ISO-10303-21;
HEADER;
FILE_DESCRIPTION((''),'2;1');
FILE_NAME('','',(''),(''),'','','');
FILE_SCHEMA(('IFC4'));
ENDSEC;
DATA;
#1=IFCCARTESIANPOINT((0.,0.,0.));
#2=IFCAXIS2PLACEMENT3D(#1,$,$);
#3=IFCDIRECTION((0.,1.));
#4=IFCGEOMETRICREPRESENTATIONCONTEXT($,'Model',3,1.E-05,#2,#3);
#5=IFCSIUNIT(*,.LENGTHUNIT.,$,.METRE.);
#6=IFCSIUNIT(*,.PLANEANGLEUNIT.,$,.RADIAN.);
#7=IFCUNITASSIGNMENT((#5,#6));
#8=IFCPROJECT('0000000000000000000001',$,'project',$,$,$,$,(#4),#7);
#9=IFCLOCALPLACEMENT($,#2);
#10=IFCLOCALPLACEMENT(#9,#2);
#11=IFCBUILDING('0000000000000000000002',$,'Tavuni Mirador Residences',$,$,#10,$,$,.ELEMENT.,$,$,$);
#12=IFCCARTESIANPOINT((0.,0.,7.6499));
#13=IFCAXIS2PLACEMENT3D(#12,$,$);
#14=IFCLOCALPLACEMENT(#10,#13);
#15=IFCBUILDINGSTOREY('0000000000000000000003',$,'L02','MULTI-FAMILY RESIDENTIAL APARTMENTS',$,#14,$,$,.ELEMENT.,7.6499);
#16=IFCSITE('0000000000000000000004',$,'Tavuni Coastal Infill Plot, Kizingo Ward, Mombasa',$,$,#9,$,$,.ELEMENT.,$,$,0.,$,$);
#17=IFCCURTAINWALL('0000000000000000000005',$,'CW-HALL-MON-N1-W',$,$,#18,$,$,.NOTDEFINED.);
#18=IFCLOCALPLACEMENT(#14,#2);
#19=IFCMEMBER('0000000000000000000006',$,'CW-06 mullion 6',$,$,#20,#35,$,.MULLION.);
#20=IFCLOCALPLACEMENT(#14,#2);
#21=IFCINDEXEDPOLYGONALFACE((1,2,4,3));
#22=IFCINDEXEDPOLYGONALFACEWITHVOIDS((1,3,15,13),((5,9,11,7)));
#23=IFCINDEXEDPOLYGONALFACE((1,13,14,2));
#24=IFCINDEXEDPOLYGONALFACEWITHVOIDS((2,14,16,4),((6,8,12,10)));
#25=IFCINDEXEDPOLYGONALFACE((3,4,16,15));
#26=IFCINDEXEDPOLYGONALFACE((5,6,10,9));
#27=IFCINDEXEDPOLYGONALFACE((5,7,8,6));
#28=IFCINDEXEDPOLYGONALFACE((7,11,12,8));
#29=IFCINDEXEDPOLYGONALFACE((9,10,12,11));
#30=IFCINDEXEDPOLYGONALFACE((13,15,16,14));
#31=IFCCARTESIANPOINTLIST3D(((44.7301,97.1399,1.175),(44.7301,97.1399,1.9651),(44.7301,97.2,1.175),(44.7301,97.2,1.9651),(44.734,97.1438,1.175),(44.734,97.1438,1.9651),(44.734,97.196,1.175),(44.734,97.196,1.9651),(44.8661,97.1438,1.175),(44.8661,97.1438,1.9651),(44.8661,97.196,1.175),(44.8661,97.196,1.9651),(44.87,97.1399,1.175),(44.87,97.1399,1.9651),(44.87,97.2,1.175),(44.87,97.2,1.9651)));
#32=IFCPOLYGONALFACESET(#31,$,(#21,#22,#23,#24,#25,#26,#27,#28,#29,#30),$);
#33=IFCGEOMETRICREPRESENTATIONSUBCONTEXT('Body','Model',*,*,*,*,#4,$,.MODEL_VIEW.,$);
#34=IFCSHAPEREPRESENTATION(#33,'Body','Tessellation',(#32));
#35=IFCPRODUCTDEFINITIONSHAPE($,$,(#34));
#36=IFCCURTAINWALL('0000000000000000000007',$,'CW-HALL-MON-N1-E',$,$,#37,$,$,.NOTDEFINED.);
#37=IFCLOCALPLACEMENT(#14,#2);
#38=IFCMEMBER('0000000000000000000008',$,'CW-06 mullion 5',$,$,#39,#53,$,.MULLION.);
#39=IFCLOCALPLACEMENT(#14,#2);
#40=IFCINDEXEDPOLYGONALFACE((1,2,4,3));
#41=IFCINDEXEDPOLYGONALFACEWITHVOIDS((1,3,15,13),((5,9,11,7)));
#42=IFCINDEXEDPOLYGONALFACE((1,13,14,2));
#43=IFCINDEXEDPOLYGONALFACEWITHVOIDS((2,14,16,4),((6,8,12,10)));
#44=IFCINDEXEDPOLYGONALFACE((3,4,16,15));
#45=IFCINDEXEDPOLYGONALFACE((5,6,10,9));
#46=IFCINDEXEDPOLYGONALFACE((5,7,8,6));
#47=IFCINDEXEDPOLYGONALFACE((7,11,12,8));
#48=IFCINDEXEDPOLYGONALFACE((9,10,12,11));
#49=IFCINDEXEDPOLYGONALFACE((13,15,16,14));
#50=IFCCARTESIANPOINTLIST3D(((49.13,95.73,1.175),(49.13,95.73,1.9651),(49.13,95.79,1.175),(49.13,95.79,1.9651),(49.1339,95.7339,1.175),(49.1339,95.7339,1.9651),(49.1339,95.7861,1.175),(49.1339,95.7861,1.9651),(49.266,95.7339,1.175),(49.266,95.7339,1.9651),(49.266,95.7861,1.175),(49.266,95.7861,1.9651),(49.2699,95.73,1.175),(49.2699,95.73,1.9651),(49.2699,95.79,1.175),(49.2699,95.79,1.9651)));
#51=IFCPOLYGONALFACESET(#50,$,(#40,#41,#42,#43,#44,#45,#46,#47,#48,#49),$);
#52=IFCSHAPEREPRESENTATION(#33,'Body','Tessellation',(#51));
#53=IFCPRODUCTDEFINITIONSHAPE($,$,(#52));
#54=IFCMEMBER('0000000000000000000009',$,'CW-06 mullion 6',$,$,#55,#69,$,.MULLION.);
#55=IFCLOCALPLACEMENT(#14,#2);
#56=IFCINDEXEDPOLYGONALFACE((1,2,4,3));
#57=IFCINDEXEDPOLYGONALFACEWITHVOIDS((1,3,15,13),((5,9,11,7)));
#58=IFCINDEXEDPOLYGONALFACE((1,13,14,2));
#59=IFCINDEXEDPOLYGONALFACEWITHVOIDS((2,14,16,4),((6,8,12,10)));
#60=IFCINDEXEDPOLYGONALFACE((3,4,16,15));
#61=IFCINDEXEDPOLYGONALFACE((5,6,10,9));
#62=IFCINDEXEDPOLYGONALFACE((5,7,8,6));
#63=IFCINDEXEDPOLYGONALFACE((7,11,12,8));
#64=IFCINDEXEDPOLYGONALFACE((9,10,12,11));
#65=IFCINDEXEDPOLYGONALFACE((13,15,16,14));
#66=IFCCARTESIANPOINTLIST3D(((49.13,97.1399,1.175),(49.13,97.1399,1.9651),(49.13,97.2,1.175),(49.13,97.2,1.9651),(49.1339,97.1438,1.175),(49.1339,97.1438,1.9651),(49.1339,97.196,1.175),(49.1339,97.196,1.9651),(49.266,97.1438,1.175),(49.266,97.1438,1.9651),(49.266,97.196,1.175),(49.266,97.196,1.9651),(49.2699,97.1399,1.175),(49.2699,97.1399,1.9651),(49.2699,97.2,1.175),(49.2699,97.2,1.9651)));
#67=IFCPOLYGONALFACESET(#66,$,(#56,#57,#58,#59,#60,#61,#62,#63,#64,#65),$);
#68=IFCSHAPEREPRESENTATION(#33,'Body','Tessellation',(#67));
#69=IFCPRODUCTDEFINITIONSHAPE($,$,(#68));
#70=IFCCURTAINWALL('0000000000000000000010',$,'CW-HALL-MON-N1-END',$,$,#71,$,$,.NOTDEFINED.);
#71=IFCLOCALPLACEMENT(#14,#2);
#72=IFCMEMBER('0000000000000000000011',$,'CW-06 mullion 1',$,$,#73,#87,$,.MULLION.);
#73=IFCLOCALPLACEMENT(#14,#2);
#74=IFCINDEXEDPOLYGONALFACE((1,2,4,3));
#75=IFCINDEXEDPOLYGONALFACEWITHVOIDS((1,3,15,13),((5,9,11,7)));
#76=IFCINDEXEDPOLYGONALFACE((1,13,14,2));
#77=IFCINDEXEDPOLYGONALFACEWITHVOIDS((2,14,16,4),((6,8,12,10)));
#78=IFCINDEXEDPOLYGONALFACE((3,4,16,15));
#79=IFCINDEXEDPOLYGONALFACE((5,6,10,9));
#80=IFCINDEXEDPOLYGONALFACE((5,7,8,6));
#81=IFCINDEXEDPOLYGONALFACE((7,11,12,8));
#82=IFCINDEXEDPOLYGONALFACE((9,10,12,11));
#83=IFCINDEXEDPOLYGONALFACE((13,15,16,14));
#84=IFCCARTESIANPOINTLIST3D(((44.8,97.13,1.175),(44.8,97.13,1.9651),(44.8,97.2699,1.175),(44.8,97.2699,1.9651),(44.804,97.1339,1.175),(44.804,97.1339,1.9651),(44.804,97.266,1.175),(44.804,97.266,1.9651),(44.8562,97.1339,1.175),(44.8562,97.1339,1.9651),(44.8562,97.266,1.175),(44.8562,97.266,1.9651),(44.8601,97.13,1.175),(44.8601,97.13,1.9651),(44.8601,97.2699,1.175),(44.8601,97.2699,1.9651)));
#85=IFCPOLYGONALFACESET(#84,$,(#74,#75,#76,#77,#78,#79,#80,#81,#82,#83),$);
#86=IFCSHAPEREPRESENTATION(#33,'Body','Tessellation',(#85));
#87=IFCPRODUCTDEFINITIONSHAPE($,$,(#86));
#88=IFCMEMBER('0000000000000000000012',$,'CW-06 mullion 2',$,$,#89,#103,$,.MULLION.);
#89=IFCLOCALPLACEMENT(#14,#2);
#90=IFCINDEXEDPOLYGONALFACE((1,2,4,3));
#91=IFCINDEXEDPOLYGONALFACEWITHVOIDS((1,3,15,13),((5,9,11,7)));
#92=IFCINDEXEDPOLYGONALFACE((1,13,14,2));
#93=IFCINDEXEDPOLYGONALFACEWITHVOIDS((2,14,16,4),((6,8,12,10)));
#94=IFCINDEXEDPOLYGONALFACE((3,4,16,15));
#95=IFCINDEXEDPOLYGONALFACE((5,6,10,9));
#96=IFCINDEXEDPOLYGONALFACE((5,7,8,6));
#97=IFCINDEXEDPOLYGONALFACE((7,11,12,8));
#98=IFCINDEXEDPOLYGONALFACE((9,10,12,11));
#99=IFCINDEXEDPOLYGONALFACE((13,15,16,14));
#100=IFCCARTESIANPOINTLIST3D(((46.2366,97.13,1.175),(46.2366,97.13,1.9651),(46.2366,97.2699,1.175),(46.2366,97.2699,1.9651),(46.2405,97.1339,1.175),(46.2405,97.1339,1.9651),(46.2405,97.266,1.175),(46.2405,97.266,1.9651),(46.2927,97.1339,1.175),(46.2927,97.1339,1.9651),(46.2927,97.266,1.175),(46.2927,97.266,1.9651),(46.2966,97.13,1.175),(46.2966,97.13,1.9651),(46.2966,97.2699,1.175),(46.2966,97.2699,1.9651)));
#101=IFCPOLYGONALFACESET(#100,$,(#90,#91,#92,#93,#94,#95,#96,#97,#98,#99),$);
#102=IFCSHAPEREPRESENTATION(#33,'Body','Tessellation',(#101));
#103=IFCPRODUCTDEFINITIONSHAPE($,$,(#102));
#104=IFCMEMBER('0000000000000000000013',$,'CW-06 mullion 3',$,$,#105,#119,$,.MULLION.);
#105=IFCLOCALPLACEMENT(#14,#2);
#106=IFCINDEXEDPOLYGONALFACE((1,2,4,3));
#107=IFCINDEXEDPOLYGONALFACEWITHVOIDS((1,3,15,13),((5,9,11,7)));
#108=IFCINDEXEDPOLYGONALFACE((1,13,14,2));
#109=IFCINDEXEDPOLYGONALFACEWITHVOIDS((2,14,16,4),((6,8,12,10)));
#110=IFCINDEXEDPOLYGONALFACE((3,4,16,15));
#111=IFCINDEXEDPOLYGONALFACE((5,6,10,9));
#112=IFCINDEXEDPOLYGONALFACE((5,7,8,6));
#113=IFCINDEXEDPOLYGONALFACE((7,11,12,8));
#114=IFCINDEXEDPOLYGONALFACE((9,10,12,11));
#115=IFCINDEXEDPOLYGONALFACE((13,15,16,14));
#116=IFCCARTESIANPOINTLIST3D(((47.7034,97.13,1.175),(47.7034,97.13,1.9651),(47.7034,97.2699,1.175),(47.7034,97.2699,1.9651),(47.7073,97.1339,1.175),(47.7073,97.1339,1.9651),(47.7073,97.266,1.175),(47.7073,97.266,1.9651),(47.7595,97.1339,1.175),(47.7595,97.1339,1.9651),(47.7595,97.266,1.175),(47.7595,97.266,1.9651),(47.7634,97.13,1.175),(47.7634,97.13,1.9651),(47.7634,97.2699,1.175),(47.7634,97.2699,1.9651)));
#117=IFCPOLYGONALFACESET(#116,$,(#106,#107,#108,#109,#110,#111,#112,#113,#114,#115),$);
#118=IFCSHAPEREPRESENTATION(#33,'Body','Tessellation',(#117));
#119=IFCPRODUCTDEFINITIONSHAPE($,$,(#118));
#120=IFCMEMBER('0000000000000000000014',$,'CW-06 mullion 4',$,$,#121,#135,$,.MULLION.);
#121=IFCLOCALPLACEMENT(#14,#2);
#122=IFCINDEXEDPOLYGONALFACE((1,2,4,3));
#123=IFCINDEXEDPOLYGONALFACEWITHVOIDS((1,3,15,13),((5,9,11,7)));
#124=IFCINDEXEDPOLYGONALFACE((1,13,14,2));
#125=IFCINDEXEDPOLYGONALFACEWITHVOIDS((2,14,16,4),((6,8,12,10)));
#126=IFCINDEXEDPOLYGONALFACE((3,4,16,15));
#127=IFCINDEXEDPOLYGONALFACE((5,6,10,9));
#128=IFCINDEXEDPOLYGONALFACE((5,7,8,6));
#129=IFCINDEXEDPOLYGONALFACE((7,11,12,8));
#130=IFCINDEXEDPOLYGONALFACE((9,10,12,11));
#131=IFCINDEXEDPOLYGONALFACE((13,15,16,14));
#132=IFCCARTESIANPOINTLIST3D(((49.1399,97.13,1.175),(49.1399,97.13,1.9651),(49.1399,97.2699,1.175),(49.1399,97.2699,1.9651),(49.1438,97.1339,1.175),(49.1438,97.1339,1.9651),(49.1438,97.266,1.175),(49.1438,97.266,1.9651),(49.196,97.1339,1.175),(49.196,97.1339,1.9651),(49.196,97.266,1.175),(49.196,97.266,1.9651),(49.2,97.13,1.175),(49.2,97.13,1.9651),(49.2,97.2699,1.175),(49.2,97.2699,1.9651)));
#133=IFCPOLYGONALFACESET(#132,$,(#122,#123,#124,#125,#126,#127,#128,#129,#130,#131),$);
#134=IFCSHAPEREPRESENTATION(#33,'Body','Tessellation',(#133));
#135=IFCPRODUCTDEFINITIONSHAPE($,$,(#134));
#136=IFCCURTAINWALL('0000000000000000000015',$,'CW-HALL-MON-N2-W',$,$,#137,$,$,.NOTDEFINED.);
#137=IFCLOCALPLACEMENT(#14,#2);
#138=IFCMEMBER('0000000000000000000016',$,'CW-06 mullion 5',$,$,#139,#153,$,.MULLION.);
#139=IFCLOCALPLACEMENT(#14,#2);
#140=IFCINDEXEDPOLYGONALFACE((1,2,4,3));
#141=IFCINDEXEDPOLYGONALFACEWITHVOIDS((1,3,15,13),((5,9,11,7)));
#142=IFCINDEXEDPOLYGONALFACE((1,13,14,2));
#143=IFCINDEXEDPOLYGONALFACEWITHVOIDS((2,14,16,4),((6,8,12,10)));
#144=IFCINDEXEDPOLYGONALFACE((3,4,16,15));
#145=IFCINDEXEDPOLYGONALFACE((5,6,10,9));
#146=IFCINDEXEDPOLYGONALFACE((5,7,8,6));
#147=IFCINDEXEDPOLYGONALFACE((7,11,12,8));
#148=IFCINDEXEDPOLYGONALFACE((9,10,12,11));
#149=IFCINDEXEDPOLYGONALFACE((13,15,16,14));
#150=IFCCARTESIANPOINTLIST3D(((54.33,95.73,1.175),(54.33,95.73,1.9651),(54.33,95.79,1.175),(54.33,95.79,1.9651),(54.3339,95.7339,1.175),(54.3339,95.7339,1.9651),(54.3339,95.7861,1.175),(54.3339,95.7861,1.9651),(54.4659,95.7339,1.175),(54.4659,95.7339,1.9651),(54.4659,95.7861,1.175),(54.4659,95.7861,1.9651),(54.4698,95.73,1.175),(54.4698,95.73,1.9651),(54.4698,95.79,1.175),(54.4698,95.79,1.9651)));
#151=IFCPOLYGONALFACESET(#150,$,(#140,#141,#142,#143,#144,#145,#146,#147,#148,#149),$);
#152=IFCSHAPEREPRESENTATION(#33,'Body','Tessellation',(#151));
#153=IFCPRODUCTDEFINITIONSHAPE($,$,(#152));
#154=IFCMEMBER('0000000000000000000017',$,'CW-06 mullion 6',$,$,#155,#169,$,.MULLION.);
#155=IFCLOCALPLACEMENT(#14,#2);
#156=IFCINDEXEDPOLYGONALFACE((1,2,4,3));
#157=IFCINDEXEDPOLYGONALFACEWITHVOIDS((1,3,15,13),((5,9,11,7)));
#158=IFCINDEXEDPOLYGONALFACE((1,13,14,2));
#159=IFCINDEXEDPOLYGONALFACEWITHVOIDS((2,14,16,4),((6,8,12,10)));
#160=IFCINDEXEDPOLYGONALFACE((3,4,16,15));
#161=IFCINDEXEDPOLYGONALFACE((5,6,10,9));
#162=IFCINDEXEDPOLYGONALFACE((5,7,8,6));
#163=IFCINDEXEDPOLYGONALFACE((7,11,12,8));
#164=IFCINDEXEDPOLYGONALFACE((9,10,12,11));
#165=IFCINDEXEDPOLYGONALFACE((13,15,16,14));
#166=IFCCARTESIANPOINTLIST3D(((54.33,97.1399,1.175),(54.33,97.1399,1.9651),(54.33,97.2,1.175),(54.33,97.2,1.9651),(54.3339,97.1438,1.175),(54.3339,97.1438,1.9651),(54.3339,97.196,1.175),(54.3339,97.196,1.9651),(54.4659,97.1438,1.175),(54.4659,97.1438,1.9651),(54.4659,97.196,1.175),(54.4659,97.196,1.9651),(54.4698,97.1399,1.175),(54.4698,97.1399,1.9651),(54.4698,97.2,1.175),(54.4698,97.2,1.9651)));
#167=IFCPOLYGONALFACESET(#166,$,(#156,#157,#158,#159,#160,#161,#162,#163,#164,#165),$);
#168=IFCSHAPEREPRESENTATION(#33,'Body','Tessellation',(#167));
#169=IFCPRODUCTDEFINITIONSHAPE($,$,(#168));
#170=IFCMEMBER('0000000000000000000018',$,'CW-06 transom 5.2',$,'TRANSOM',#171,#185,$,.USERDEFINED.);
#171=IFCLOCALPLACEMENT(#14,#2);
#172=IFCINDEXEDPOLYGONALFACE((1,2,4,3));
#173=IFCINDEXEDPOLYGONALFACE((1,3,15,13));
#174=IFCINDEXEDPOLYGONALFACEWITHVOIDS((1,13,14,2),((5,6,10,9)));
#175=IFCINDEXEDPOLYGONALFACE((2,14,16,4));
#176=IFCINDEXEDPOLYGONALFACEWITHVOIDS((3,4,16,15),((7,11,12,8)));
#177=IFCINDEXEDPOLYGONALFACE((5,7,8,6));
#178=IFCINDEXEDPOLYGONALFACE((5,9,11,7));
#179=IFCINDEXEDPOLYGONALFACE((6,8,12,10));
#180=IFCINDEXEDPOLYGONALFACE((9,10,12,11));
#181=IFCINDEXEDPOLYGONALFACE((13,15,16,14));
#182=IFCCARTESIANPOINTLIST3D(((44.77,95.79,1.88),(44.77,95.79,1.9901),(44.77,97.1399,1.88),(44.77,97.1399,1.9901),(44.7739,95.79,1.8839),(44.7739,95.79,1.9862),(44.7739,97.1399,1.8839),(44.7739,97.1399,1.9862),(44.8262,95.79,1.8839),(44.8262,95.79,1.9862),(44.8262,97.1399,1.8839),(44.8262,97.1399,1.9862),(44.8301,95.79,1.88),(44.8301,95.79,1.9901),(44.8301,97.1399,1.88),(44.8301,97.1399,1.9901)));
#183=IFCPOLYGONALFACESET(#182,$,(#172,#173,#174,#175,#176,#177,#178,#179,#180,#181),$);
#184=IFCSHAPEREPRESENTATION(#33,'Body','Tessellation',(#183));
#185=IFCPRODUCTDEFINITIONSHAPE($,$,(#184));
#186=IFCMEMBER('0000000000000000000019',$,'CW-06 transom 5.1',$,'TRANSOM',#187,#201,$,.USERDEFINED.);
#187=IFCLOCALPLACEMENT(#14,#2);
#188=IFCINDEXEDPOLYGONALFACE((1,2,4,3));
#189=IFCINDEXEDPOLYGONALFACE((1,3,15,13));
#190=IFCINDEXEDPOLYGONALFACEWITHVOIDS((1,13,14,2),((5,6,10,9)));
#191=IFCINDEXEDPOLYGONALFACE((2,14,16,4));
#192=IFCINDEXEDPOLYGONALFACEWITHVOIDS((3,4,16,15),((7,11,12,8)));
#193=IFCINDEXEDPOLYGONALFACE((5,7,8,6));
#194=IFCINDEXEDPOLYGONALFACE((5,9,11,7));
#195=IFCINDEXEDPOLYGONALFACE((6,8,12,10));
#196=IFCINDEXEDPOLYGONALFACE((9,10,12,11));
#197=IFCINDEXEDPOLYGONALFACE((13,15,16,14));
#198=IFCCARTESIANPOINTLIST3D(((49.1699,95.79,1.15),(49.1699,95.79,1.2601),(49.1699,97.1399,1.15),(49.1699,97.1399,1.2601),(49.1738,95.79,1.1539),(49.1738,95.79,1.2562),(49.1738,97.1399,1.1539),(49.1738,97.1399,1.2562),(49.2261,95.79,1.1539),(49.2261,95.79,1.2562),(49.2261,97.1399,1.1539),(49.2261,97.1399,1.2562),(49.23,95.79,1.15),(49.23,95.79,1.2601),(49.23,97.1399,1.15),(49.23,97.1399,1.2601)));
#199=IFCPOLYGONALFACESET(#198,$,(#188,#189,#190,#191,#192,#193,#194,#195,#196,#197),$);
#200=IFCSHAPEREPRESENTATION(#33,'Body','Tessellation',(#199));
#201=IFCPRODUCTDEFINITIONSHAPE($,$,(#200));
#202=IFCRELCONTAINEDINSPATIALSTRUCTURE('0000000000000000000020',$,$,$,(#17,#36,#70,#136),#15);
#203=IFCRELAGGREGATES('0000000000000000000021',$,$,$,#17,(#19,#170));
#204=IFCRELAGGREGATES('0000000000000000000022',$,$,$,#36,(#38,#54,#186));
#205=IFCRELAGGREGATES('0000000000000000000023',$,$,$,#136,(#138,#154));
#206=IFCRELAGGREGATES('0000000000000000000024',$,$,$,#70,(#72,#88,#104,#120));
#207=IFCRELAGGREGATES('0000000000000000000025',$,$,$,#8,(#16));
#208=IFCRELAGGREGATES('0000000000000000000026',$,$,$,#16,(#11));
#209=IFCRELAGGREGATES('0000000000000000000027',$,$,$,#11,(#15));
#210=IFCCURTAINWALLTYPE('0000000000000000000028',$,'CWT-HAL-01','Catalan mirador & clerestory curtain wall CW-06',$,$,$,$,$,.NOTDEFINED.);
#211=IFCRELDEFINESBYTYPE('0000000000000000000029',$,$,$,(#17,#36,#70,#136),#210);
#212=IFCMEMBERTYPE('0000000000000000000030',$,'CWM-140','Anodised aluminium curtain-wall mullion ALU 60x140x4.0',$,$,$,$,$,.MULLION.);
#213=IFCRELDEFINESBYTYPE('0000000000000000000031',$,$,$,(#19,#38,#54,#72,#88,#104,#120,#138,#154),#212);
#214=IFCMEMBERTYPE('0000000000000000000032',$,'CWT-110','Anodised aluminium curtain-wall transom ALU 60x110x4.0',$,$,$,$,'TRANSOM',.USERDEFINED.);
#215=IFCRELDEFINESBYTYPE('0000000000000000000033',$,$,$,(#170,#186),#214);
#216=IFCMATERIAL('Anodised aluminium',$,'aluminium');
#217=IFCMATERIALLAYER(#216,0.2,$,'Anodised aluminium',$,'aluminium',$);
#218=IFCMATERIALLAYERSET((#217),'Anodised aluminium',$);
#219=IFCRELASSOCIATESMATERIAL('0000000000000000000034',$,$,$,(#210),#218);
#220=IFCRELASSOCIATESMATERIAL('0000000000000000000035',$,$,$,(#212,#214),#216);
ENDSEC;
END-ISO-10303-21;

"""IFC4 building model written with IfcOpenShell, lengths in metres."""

from ifc_helpers import new_model, si_unit, direction, frame, origin, origin_2d, place, context, subcontext, project, spatial, hollow_rectangle, extrude, material, layer, layer_set, material_profile, profile_set, type_object, element, aggregate, save


model = new_model("IFC4")

# Units and contexts
model_context = context("Model", 3, precision=1e-05, world=origin(), true_north=direction((0.0, 1.0)))
body_context = subcontext(model_context, "Body", "Model", "MODEL_VIEW")
ifc_project = project(units=[si_unit("LENGTHUNIT", "METRE"), si_unit("PLANEANGLEUNIT", "RADIAN")], contexts=[model_context])

# Site, building, storey
site_placement = place(None, origin())
site = spatial("IfcSite", under=ifc_project, at=site_placement, Name="Tavuni Coastal Infill Plot, Kizingo Ward, Mombasa", CompositionType="ELEMENT", RefElevation=0.0)
building_placement = place(site_placement, origin())
building = spatial("IfcBuilding", under=site, at=building_placement, Name="Tavuni Mirador Residences", CompositionType="ELEMENT")
storey_placement = place(building_placement, frame((0.0, 0.0, 7.6499)))
storey = spatial("IfcBuildingStorey", under=building, at=storey_placement, Name="L02", Description="MULTI-FAMILY RESIDENTIAL APARTMENTS", CompositionType="ELEMENT", Elevation=7.6499)

# Curtain wall, member
ifc_material_1 = material(Name="Anodised aluminium", Category="aluminium")
ifc_layer_1 = layer(ifc_material_1, 0.2, Name="Anodised aluminium", Category="aluminium")
ifc_layer_set_1 = layer_set([ifc_layer_1], Name="Anodised aluminium")
curtain_wall_type = type_object("IfcCurtainWallType", Name="CWT-HAL-01", Description="Catalan mirador & clerestory curtain wall CW-06", PredefinedType="NOTDEFINED", material=ifc_layer_set_1)
curtain_wall_1_placement = place(storey_placement, origin())
curtain_wall_1 = element("IfcCurtainWall", 1, at=curtain_wall_1_placement, inside=storey, type_object=curtain_wall_type, Name="CW-HALL-MON-N1-W", PredefinedType="NOTDEFINED")
ifc_material_profile_1 = material_profile(ifc_material_1, hollow_rectangle(XDim=0.0601, YDim=0.1399, WallThickness=0.0039, at=origin_2d()), Name="ALU 60x140x4.0", Category="aluminium")
ifc_profile_set_1 = profile_set([ifc_material_profile_1], Name="Anodised aluminium")
member_type_1 = type_object("IfcMemberType", Name="CWM-140", Description="Anodised aluminium curtain-wall mullion ALU 60x140x4.0", PredefinedType="MULLION", material=ifc_profile_set_1)
member_1_placement = place(storey_placement, frame((44.8, 97.1699, 1.175), z_axis=(0.0, 0.0, 1.0), x_axis=(0.0, 1.0, 0.0)))
member_1 = element("IfcMember", 2, at=member_1_placement, type_object=member_type_1, Name="CW-06 mullion 6", PredefinedType="MULLION", context=body_context, shape_type="SweptSolid", body=[
    extrude(hollow_rectangle(XDim=0.0601, YDim=0.1399, WallThickness=0.0039, at=origin_2d()), origin(), (0.0, 0.0, 1.0), 0.79),
])

# Curtain walls, members
curtain_wall_2_placement = place(storey_placement, origin())
curtain_wall_2 = element("IfcCurtainWall", 3, at=curtain_wall_2_placement, inside=storey, type_object=curtain_wall_type, Name="CW-HALL-MON-N1-E", PredefinedType="NOTDEFINED")
member_2_placement = place(storey_placement, frame((49.2, 95.76, 1.175), z_axis=(0.0, 0.0, 1.0), x_axis=(0.0, 1.0, 0.0)))
member_2 = element("IfcMember", 4, at=member_2_placement, type_object=member_type_1, Name="CW-06 mullion 5", PredefinedType="MULLION", context=body_context, shape_type="SweptSolid", body=[
    extrude(hollow_rectangle(XDim=0.0601, YDim=0.1399, WallThickness=0.0039, at=origin_2d()), origin(), (0.0, 0.0, 1.0), 0.79),
])
member_3_placement = place(storey_placement, frame((49.2, 97.1699, 1.175), z_axis=(0.0, 0.0, 1.0), x_axis=(0.0, 1.0, 0.0)))
member_3 = element("IfcMember", 5, at=member_3_placement, type_object=member_type_1, Name="CW-06 mullion 6", PredefinedType="MULLION", context=body_context, shape_type="SweptSolid", body=[
    extrude(hollow_rectangle(XDim=0.0601, YDim=0.1399, WallThickness=0.0039, at=origin_2d()), origin(), (0.0, 0.0, 1.0), 0.79),
])
curtain_wall_3_placement = place(storey_placement, origin())
curtain_wall_3 = element("IfcCurtainWall", 6, at=curtain_wall_3_placement, inside=storey, type_object=curtain_wall_type, Name="CW-HALL-MON-N1-END", PredefinedType="NOTDEFINED")
member_4_placement = place(storey_placement, frame((44.8301, 97.2, 1.175), z_axis=(0.0, 0.0, 1.0), x_axis=(1.0, 0.0, 0.0)))
member_4 = element("IfcMember", 7, at=member_4_placement, type_object=member_type_1, Name="CW-06 mullion 1", PredefinedType="MULLION", context=body_context, shape_type="SweptSolid", body=[
    extrude(hollow_rectangle(XDim=0.0601, YDim=0.1399, WallThickness=0.0039, at=origin_2d()), origin(), (0.0, 0.0, 1.0), 0.79),
])
member_5_placement = place(storey_placement, frame((46.2666, 97.2, 1.175), z_axis=(0.0, 0.0, 1.0), x_axis=(1.0, 0.0, 0.0)))
member_5 = element("IfcMember", 8, at=member_5_placement, type_object=member_type_1, Name="CW-06 mullion 2", PredefinedType="MULLION", context=body_context, shape_type="SweptSolid", body=[
    extrude(hollow_rectangle(XDim=0.0601, YDim=0.1399, WallThickness=0.0039, at=origin_2d()), origin(), (0.0, 0.0, 1.0), 0.79),
])
member_6_placement = place(storey_placement, frame((47.7334, 97.2, 1.175), z_axis=(0.0, 0.0, 1.0), x_axis=(1.0, 0.0, 0.0)))
member_6 = element("IfcMember", 9, at=member_6_placement, type_object=member_type_1, Name="CW-06 mullion 3", PredefinedType="MULLION", context=body_context, shape_type="SweptSolid", body=[
    extrude(hollow_rectangle(XDim=0.0601, YDim=0.1399, WallThickness=0.0039, at=origin_2d()), origin(), (0.0, 0.0, 1.0), 0.79),
])
member_7_placement = place(storey_placement, frame((49.1699, 97.2, 1.175), z_axis=(0.0, 0.0, 1.0), x_axis=(1.0, 0.0, 0.0)))
member_7 = element("IfcMember", 10, at=member_7_placement, type_object=member_type_1, Name="CW-06 mullion 4", PredefinedType="MULLION", context=body_context, shape_type="SweptSolid", body=[
    extrude(hollow_rectangle(XDim=0.0601, YDim=0.1399, WallThickness=0.0039, at=origin_2d()), origin(), (0.0, 0.0, 1.0), 0.79),
])
curtain_wall_4_placement = place(storey_placement, origin())
curtain_wall_4 = element("IfcCurtainWall", 11, at=curtain_wall_4_placement, inside=storey, type_object=curtain_wall_type, Name="CW-HALL-MON-N2-W", PredefinedType="NOTDEFINED")
member_8_placement = place(storey_placement, frame((54.3999, 95.76, 1.175), z_axis=(0.0, 0.0, 1.0), x_axis=(0.0, 1.0, 0.0)))
member_8 = element("IfcMember", 12, at=member_8_placement, type_object=member_type_1, Name="CW-06 mullion 5", PredefinedType="MULLION", context=body_context, shape_type="SweptSolid", body=[
    extrude(hollow_rectangle(XDim=0.0601, YDim=0.1399, WallThickness=0.0039, at=origin_2d()), origin(), (0.0, 0.0, 1.0), 0.79),
])
member_9_placement = place(storey_placement, frame((54.3999, 97.1699, 1.175), z_axis=(0.0, 0.0, 1.0), x_axis=(0.0, 1.0, 0.0)))
member_9 = element("IfcMember", 13, at=member_9_placement, type_object=member_type_1, Name="CW-06 mullion 6", PredefinedType="MULLION", context=body_context, shape_type="SweptSolid", body=[
    extrude(hollow_rectangle(XDim=0.0601, YDim=0.1399, WallThickness=0.0039, at=origin_2d()), origin(), (0.0, 0.0, 1.0), 0.79),
])

# Members
ifc_material_profile_2 = material_profile(ifc_material_1, hollow_rectangle(XDim=0.0601, YDim=0.1101, WallThickness=0.0039, at=origin_2d()), Name="ALU 60x110x4.0", Category="aluminium")
ifc_profile_set_2 = profile_set([ifc_material_profile_2], Name="Anodised aluminium")
member_type_2 = type_object("IfcMemberType", Name="CWT-110", Description="Anodised aluminium curtain-wall transom ALU 60x110x4.0", ElementType="TRANSOM", PredefinedType="USERDEFINED", material=ifc_profile_set_2)
member_10_placement = place(storey_placement, frame((44.8, 95.79, 1.9351), z_axis=(0.0, 1.0, 0.0), x_axis=(-1.0, 0.0, 0.0)))
member_10 = element("IfcMember", 14, at=member_10_placement, type_object=member_type_2, Name="CW-06 transom 5.2", ObjectType="TRANSOM", PredefinedType="USERDEFINED", context=body_context, shape_type="SweptSolid", body=[
    extrude(hollow_rectangle(XDim=0.0601, YDim=0.1101, WallThickness=0.0039, at=origin_2d()), origin(), (0.0, 0.0, 1.0), 1.3499),
])
member_11_placement = place(storey_placement, frame((49.2, 95.79, 1.2051), z_axis=(0.0, 1.0, 0.0), x_axis=(-1.0, 0.0, 0.0)))
member_11 = element("IfcMember", 15, at=member_11_placement, type_object=member_type_2, Name="CW-06 transom 5.1", ObjectType="TRANSOM", PredefinedType="USERDEFINED", context=body_context, shape_type="SweptSolid", body=[
    extrude(hollow_rectangle(XDim=0.0601, YDim=0.1101, WallThickness=0.0039, at=origin_2d()), origin(), (0.0, 0.0, 1.0), 1.3499),
])

aggregate(curtain_wall_1, [member_1, member_10])
aggregate(curtain_wall_2, [member_2, member_3, member_11])
aggregate(curtain_wall_4, [member_8, member_9])
aggregate(curtain_wall_3, [member_4, member_5, member_6, member_7])

save(model, "model.ifc")
